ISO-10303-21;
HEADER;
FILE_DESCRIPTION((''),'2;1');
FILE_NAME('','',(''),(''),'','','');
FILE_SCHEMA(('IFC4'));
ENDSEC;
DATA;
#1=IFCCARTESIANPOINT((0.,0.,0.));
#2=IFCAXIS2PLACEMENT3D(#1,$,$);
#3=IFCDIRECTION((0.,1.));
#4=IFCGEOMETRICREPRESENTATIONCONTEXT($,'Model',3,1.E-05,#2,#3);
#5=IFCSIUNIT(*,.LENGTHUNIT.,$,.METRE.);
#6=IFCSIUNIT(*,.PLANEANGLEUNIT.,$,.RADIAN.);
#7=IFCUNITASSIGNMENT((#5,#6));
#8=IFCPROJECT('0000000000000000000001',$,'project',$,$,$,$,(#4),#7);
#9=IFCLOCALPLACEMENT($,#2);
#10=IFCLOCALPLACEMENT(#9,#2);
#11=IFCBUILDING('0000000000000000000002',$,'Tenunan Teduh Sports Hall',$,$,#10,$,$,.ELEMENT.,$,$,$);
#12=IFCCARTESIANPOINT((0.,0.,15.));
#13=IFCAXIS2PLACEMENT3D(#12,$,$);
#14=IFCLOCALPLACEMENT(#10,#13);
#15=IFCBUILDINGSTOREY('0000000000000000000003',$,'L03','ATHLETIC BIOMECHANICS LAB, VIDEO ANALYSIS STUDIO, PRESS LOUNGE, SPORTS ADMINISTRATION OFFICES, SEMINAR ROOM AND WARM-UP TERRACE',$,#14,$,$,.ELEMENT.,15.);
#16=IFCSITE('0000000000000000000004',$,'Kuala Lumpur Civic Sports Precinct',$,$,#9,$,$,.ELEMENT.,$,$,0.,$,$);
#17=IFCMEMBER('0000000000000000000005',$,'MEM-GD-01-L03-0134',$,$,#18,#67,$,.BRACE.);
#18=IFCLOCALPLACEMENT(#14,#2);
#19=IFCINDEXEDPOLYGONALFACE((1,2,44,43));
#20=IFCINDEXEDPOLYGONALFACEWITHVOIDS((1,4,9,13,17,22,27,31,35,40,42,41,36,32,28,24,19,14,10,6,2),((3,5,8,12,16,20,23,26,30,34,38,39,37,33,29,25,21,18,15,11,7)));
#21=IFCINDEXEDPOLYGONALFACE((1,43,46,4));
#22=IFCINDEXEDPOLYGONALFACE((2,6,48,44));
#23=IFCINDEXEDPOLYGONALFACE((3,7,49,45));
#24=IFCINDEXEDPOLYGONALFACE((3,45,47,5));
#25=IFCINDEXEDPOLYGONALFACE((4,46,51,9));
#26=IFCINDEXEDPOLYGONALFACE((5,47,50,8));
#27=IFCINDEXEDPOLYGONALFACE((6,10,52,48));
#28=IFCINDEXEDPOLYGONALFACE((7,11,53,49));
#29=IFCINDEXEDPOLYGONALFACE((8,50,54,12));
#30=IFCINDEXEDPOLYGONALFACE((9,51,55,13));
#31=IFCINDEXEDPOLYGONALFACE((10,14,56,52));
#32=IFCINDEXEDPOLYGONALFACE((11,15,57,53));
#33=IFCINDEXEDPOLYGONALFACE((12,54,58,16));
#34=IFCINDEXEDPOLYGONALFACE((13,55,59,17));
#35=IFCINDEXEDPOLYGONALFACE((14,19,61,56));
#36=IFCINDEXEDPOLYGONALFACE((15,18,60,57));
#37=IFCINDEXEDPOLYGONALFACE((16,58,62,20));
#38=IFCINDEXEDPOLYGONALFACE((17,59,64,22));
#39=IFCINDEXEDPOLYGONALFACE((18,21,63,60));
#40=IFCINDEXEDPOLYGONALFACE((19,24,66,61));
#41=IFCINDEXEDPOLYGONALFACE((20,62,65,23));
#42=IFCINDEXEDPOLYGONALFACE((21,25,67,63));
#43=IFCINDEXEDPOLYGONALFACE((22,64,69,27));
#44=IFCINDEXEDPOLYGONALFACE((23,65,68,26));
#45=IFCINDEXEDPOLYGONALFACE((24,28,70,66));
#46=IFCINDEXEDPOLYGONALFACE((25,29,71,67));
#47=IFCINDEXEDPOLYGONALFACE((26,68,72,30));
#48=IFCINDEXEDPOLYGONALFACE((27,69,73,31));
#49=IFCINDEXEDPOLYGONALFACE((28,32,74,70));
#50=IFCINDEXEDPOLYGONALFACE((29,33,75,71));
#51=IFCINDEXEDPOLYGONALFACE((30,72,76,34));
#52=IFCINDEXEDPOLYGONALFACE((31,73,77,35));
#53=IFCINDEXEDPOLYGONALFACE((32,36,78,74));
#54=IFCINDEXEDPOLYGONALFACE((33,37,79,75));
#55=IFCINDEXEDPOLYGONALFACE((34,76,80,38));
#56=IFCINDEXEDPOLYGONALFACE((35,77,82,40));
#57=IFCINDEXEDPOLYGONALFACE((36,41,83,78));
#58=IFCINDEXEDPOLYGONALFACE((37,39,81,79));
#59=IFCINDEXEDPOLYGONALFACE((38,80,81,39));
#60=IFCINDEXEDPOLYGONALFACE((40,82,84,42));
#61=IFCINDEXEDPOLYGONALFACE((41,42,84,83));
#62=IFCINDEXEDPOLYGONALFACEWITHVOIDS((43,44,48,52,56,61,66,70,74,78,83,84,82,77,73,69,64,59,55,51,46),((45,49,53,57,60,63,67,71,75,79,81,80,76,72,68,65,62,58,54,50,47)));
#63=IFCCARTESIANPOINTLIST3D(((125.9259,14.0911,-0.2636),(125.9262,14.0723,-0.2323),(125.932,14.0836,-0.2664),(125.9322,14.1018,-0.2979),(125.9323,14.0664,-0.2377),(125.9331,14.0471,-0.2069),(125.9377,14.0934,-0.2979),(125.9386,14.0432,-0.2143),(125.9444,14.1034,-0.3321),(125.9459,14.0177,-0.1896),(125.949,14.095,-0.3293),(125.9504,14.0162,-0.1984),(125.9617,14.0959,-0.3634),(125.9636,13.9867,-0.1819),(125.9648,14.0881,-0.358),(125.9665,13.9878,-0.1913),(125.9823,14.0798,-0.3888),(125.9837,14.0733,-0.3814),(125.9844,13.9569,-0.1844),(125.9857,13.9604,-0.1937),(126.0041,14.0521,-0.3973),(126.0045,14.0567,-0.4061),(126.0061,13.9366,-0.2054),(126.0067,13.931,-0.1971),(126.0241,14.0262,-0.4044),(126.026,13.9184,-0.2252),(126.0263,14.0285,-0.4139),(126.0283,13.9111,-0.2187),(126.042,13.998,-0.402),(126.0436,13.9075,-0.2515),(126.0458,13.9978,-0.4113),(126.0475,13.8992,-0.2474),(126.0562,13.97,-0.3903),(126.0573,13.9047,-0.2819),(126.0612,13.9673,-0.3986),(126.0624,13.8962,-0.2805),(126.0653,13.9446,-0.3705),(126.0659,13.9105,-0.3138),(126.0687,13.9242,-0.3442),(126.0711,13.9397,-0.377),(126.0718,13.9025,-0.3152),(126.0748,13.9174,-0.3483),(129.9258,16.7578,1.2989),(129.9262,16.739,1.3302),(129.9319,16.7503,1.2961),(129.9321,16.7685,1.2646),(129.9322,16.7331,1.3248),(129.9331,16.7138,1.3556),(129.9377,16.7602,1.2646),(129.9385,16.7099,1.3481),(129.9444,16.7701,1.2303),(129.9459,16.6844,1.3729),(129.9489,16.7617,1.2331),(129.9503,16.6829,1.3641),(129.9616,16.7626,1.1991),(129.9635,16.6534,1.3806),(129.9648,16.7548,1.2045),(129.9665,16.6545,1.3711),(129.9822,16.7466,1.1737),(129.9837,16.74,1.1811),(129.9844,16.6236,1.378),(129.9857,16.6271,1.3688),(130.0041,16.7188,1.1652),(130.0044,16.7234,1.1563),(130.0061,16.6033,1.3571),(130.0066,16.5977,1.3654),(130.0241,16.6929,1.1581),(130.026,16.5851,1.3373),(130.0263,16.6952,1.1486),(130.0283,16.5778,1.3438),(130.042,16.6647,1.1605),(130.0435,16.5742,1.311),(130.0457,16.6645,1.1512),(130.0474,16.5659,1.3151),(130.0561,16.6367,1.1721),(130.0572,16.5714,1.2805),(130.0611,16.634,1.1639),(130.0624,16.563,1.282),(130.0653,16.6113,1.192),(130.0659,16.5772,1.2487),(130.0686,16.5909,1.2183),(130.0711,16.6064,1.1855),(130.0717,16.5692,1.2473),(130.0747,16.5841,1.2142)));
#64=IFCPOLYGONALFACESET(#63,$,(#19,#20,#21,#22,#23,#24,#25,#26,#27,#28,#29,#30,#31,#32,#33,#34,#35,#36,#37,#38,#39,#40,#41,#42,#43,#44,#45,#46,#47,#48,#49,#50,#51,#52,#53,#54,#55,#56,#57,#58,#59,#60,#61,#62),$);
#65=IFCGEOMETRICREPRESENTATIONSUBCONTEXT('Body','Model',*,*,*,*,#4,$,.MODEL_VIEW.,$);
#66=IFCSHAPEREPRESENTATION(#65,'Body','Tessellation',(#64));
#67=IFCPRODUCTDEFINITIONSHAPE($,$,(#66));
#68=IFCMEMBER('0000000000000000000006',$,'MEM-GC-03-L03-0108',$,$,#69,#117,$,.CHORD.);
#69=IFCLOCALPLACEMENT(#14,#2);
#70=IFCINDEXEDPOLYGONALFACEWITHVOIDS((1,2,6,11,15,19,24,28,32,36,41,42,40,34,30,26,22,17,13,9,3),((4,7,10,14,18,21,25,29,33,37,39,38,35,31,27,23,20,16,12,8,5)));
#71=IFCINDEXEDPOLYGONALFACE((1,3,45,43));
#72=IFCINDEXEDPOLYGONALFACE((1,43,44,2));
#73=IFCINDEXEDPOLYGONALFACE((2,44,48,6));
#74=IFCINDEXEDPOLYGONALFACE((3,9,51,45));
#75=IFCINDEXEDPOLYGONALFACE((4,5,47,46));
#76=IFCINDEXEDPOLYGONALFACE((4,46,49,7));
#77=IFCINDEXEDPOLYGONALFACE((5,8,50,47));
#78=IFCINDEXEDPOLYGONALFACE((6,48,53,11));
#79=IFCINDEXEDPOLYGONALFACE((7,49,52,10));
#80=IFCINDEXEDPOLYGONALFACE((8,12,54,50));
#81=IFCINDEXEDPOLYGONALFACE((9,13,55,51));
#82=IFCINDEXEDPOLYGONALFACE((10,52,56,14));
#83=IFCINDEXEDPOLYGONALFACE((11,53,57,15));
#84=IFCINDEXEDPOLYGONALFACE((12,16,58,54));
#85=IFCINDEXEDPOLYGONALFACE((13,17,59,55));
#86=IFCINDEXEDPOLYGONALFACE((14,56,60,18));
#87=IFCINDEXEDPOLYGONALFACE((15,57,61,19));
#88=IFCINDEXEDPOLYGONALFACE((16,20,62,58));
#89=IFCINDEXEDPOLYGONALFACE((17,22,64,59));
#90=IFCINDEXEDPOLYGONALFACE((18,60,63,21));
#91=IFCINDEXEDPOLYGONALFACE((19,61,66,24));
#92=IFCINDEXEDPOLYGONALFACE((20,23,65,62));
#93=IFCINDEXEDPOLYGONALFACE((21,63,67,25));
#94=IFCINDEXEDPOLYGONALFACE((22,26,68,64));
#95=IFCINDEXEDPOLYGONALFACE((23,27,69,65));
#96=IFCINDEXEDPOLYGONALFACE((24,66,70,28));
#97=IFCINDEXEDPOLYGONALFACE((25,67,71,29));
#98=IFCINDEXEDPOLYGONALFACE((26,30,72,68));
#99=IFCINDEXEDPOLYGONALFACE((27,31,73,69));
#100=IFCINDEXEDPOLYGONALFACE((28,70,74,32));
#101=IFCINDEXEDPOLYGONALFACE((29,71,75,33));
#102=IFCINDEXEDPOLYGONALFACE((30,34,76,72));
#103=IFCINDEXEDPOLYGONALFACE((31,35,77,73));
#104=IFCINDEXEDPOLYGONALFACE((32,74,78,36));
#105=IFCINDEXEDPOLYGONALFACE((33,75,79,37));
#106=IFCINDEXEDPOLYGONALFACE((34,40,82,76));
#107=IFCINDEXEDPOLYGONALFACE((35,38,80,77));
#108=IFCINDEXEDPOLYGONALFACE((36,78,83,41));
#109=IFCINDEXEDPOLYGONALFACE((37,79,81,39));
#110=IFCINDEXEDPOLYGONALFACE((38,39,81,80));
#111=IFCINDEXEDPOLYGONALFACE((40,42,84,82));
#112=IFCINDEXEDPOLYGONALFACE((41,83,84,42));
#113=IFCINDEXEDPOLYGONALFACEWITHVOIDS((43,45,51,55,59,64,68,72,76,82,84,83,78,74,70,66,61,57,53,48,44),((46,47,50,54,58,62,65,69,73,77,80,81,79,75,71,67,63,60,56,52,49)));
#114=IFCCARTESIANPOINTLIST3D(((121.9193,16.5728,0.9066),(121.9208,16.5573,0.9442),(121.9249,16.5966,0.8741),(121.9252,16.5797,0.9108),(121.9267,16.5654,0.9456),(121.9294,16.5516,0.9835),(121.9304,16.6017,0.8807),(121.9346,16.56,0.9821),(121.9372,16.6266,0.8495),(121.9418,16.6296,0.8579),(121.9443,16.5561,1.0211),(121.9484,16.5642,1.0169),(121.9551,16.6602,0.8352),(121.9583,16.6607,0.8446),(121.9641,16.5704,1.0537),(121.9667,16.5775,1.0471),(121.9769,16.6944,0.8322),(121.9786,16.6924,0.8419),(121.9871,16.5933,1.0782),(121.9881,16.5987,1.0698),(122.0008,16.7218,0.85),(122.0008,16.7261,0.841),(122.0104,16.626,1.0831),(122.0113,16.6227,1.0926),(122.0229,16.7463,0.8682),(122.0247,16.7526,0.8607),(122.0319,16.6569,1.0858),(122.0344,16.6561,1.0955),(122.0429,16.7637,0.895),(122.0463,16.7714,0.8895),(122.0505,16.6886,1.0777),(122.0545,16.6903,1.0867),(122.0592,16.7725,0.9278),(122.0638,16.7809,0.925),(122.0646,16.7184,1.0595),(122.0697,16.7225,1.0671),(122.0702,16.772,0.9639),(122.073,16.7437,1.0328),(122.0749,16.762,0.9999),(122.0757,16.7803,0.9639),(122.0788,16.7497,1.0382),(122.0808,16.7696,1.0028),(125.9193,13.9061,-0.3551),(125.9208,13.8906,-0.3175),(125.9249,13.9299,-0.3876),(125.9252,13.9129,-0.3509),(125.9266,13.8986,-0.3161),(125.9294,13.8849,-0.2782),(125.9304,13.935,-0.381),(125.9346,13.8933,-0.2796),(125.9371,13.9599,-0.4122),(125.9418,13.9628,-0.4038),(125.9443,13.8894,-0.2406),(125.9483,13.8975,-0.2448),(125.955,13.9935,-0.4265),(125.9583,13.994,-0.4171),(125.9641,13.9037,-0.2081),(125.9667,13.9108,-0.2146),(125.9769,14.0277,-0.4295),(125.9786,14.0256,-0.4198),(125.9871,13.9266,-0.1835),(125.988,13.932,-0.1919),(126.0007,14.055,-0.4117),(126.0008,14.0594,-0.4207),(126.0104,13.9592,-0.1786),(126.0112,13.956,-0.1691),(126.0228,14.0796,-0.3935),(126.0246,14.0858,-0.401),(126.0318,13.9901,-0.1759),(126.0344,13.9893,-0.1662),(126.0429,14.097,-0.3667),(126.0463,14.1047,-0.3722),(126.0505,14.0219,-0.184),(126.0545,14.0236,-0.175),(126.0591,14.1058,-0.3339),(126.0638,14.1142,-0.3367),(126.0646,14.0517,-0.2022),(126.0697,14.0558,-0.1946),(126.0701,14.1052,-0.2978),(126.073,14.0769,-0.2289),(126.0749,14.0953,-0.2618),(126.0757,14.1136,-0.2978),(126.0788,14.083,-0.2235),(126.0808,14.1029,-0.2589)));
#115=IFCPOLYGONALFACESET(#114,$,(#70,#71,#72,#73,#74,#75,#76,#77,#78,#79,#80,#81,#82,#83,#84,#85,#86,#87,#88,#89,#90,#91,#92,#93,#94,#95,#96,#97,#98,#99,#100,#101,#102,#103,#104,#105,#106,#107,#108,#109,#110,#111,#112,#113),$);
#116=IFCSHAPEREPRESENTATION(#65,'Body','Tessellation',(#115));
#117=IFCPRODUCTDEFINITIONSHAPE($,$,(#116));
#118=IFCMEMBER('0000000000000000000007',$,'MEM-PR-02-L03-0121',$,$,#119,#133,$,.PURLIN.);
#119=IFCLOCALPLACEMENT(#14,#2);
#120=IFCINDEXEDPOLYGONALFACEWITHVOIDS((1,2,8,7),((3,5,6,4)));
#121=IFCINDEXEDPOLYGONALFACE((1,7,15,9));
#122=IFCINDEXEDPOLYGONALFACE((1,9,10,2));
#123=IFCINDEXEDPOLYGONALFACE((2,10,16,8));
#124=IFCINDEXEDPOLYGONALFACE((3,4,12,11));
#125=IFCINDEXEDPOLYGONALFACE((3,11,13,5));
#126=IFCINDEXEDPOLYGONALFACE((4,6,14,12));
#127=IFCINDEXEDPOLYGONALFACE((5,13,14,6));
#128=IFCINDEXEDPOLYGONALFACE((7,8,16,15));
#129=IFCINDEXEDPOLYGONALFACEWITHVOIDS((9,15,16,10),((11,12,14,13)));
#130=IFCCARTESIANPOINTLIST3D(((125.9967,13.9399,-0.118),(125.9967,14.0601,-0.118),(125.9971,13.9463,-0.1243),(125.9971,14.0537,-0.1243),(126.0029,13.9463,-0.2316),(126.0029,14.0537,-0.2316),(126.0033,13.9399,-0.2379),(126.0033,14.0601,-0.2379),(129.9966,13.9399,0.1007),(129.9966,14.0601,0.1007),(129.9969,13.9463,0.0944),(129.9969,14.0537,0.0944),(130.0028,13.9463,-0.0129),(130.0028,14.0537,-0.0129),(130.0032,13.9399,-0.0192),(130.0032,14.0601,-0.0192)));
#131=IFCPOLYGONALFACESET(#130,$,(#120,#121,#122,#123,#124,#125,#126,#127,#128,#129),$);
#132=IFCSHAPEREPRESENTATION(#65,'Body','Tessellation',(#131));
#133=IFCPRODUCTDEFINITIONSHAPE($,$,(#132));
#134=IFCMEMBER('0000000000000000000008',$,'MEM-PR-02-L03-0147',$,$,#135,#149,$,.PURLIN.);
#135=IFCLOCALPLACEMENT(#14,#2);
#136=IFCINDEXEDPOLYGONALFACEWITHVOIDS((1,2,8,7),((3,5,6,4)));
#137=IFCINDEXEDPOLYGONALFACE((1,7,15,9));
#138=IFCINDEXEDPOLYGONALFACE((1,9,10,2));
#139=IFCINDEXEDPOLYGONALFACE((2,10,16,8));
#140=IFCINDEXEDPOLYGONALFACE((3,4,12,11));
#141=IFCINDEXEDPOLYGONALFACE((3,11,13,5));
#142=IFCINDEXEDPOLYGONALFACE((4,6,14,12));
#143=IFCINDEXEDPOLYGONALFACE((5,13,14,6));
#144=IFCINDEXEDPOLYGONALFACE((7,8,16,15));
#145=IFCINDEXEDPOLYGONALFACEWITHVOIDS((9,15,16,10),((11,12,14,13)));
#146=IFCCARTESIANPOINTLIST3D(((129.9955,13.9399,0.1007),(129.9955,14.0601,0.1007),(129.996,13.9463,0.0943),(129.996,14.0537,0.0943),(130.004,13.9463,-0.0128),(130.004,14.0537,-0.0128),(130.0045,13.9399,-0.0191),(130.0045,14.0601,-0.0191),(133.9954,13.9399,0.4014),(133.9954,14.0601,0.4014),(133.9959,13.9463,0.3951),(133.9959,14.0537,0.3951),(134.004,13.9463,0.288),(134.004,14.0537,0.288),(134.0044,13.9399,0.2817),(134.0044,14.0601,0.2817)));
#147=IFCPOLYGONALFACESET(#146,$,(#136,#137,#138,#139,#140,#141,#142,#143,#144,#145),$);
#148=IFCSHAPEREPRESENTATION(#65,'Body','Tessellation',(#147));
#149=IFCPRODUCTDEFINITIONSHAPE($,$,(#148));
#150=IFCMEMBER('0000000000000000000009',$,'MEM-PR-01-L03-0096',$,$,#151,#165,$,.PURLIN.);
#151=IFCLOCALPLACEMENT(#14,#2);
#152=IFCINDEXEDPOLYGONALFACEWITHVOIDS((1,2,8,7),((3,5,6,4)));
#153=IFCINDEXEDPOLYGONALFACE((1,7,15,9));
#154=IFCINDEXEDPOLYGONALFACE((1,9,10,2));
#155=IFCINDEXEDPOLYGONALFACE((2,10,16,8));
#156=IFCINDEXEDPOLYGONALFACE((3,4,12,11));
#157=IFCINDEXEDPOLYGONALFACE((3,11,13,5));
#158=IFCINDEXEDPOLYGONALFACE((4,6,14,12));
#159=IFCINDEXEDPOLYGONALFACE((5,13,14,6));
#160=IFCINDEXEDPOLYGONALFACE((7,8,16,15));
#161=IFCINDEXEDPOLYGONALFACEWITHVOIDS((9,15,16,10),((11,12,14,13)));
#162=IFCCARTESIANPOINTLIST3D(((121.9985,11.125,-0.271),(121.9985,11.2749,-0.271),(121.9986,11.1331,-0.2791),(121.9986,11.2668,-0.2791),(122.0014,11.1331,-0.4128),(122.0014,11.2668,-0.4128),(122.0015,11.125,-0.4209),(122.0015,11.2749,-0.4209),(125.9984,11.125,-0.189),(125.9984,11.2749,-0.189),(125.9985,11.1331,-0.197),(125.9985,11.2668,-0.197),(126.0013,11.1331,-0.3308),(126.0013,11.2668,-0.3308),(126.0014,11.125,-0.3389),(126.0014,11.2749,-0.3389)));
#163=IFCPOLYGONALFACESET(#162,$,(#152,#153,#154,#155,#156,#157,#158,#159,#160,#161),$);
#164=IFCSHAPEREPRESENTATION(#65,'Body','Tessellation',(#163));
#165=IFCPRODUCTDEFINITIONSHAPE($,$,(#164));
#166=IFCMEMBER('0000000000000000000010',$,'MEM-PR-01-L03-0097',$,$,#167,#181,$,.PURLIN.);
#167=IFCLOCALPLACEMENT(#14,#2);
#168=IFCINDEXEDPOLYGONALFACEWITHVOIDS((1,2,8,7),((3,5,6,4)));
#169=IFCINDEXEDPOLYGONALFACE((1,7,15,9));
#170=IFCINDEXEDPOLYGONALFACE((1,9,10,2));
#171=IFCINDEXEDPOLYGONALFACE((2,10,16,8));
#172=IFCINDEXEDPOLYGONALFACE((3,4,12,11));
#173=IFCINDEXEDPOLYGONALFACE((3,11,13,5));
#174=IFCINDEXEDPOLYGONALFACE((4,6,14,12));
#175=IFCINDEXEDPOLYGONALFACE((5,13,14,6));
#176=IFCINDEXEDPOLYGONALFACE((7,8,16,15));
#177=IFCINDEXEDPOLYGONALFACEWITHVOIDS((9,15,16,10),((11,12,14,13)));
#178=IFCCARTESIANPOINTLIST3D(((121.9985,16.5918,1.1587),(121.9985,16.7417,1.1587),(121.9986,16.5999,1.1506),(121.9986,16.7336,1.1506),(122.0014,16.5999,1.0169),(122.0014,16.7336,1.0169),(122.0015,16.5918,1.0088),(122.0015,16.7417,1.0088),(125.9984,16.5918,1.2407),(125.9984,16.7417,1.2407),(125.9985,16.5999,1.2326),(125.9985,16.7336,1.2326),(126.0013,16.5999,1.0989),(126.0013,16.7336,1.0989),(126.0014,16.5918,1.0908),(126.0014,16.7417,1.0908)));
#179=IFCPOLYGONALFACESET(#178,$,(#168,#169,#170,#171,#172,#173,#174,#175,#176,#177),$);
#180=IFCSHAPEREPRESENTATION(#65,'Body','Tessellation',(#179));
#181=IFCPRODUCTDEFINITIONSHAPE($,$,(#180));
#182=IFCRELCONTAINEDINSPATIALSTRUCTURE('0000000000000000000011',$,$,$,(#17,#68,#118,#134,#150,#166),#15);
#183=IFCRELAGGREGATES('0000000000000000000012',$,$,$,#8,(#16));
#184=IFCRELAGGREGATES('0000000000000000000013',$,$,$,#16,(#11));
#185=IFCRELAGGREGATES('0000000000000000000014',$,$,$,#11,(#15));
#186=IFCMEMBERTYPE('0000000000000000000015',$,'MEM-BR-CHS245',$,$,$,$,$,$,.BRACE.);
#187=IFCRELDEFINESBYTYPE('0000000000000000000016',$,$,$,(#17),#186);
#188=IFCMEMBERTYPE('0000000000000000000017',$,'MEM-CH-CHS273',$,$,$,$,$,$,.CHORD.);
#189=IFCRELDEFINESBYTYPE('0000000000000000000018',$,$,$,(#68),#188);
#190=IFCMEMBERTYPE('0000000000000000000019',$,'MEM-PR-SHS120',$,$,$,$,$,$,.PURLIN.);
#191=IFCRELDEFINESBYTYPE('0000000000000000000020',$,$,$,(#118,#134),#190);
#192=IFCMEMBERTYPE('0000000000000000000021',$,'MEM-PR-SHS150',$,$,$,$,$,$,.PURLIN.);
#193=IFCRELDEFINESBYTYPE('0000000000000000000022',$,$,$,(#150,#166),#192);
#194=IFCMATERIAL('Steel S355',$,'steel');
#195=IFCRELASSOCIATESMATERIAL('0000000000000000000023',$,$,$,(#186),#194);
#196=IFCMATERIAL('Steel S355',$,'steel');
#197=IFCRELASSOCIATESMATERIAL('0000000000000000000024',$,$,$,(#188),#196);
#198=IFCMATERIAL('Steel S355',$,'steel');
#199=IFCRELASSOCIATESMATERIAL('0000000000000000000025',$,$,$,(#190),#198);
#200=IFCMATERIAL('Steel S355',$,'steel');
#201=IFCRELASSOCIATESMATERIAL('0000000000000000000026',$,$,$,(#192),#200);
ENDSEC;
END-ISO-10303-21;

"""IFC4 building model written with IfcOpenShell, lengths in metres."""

from ifc_helpers import new_model, si_unit, direction, frame, origin, origin_2d, place, context, subcontext, project, spatial, hollow_rectangle, hollow_circle, extrude, material, material_profile, profile_set, type_object, element, save


model = new_model("IFC4")

# Units and contexts
model_context = context("Model", 3, precision=1e-05, world=origin(), true_north=direction((0.0, 1.0)))
body_context = subcontext(model_context, "Body", "Model", "MODEL_VIEW")
ifc_project = project(units=[si_unit("LENGTHUNIT", "METRE"), si_unit("PLANEANGLEUNIT", "RADIAN")], contexts=[model_context])

# Site, building, storey
site_placement = place(None, origin())
site = spatial("IfcSite", under=ifc_project, at=site_placement, Name="Kuala Lumpur Civic Sports Precinct", CompositionType="ELEMENT", RefElevation=0.0)
building_placement = place(site_placement, origin())
building = spatial("IfcBuilding", under=site, at=building_placement, Name="Tenunan Teduh Sports Hall", CompositionType="ELEMENT")
storey_placement = place(building_placement, frame((0.0, 0.0, 15.0)))
storey = spatial("IfcBuildingStorey", under=building, at=storey_placement, Name="L03", Description="ATHLETIC BIOMECHANICS LAB, VIDEO ANALYSIS STUDIO, PRESS LOUNGE, SPORTS ADMINISTRATION OFFICES, SEMINAR ROOM AND WARM-UP TERRACE", CompositionType="ELEMENT", Elevation=15.0)

# Members
ifc_material_1 = material(Name="Steel S355", Category="steel")
ifc_material_profile_1 = material_profile(ifc_material_1, hollow_circle(Radius=0.1223, WallThickness=0.01, at=origin_2d()), Name="CHS 244.5x10.0")
ifc_profile_set_1 = profile_set([ifc_material_profile_1], Name="Steel S355")
member_type_1 = type_object("IfcMemberType", Name="MEM-BR-CHS245", PredefinedType="BRACE", material=ifc_profile_set_1)
member_1_placement = place(storey_placement, frame((126.0, 14.0, -0.2979), z_axis=(0.791297, 0.527547, 0.3091), x_axis=(-0.554712, 0.832042, 0.0)))
element("IfcMember", 1, at=member_1_placement, inside=storey, type_object=member_type_1, Name="MEM-GD-01-L03-0134", PredefinedType="BRACE", context=body_context, shape_type="SweptSolid", body=[
    extrude(hollow_circle(Radius=0.1223, WallThickness=0.01, at=origin_2d()), origin(), (0.0, 0.0, 1.0), 5.0549),
])
ifc_material_2 = material(Name="Steel S355", Category="steel")
ifc_material_profile_2 = material_profile(ifc_material_2, hollow_circle(Radius=0.1365, WallThickness=0.01, at=origin_2d()), Name="CHS 273.0x10.0")
ifc_profile_set_2 = profile_set([ifc_material_profile_2], Name="Steel S355")
member_type_2 = type_object("IfcMemberType", Name="MEM-CH-CHS273", PredefinedType="CHORD", material=ifc_profile_set_2)
member_2_placement = place(storey_placement, frame((122.0, 16.6667, 0.9639), z_axis=(0.804787, -0.536541, -0.253854), x_axis=(0.554712, 0.832042, 0.0)))
element("IfcMember", 2, at=member_2_placement, inside=storey, type_object=member_type_2, Name="MEM-GC-03-L03-0108", PredefinedType="CHORD", context=body_context, shape_type="SweptSolid", body=[
    extrude(hollow_circle(Radius=0.1365, WallThickness=0.01, at=origin_2d()), origin(), (0.0, 0.0, 1.0), 4.9702),
])
ifc_material_3 = material(Name="Steel S355", Category="steel")
ifc_material_profile_3 = material_profile(ifc_material_3, hollow_rectangle(XDim=0.1201, YDim=0.1201, WallThickness=0.0063, at=origin_2d()), Name="SHS 120x120x6.3")
ifc_profile_set_3 = profile_set([ifc_material_profile_3], Name="Steel S355")
member_type_3 = type_object("IfcMemberType", Name="MEM-PR-SHS120", PredefinedType="PURLIN", material=ifc_profile_set_3)
member_3_placement = place(storey_placement, frame((126.0, 14.0, -0.178), z_axis=(0.998508, 0.0, 0.054606), x_axis=(0.0, 1.0, 0.0)))
element("IfcMember", 3, at=member_3_placement, inside=storey, type_object=member_type_3, Name="MEM-PR-02-L03-0121", PredefinedType="PURLIN", context=body_context, shape_type="SweptSolid", body=[
    extrude(hollow_rectangle(XDim=0.1201, YDim=0.1201, WallThickness=0.0063, at=origin_2d()), origin(), (0.0, 0.0, 1.0), 4.0059),
])
member_4_placement = place(storey_placement, frame((130.0, 14.0, 0.0408), z_axis=(0.997185, 0.0, 0.074984), x_axis=(0.0, 1.0, 0.0)))
element("IfcMember", 4, at=member_4_placement, inside=storey, type_object=member_type_3, Name="MEM-PR-02-L03-0147", PredefinedType="PURLIN", context=body_context, shape_type="SweptSolid", body=[
    extrude(hollow_rectangle(XDim=0.1201, YDim=0.1201, WallThickness=0.0063, at=origin_2d()), origin(), (0.0, 0.0, 1.0), 4.0112),
])
ifc_material_4 = material(Name="Steel S355", Category="steel")
ifc_material_profile_4 = material_profile(ifc_material_4, hollow_rectangle(XDim=0.1499, YDim=0.1499, WallThickness=0.0081, at=origin_2d()), Name="SHS 150x150x8.0")
ifc_profile_set_4 = profile_set([ifc_material_profile_4], Name="Steel S355")
member_type_4 = type_object("IfcMemberType", Name="MEM-PR-SHS150", PredefinedType="PURLIN", material=ifc_profile_set_4)
for number, where, z_axis, x_axis, name in (
    (5, (122.0, 11.2, -0.3459), (0.99979, 0.0, 0.020504), (0.0, 1.0, 0.0), "MEM-PR-01-L03-0096"),
    (6, (122.0, 16.6667, 1.0837), (0.99979, 0.0, 0.020504), (0.0, 1.0, 0.0), "MEM-PR-01-L03-0097"),
):
    element("IfcMember", number, at=place(storey_placement, frame(where, z_axis=z_axis, x_axis=x_axis)), inside=storey, type_object=member_type_4, Name=name, PredefinedType="PURLIN", context=body_context, shape_type="SweptSolid", body=[
        extrude(hollow_rectangle(XDim=0.1499, YDim=0.1499, WallThickness=0.0081, at=origin_2d()), origin(), (0.0, 0.0, 1.0), 4.0007),
    ])

save(model, "model.ifc")
